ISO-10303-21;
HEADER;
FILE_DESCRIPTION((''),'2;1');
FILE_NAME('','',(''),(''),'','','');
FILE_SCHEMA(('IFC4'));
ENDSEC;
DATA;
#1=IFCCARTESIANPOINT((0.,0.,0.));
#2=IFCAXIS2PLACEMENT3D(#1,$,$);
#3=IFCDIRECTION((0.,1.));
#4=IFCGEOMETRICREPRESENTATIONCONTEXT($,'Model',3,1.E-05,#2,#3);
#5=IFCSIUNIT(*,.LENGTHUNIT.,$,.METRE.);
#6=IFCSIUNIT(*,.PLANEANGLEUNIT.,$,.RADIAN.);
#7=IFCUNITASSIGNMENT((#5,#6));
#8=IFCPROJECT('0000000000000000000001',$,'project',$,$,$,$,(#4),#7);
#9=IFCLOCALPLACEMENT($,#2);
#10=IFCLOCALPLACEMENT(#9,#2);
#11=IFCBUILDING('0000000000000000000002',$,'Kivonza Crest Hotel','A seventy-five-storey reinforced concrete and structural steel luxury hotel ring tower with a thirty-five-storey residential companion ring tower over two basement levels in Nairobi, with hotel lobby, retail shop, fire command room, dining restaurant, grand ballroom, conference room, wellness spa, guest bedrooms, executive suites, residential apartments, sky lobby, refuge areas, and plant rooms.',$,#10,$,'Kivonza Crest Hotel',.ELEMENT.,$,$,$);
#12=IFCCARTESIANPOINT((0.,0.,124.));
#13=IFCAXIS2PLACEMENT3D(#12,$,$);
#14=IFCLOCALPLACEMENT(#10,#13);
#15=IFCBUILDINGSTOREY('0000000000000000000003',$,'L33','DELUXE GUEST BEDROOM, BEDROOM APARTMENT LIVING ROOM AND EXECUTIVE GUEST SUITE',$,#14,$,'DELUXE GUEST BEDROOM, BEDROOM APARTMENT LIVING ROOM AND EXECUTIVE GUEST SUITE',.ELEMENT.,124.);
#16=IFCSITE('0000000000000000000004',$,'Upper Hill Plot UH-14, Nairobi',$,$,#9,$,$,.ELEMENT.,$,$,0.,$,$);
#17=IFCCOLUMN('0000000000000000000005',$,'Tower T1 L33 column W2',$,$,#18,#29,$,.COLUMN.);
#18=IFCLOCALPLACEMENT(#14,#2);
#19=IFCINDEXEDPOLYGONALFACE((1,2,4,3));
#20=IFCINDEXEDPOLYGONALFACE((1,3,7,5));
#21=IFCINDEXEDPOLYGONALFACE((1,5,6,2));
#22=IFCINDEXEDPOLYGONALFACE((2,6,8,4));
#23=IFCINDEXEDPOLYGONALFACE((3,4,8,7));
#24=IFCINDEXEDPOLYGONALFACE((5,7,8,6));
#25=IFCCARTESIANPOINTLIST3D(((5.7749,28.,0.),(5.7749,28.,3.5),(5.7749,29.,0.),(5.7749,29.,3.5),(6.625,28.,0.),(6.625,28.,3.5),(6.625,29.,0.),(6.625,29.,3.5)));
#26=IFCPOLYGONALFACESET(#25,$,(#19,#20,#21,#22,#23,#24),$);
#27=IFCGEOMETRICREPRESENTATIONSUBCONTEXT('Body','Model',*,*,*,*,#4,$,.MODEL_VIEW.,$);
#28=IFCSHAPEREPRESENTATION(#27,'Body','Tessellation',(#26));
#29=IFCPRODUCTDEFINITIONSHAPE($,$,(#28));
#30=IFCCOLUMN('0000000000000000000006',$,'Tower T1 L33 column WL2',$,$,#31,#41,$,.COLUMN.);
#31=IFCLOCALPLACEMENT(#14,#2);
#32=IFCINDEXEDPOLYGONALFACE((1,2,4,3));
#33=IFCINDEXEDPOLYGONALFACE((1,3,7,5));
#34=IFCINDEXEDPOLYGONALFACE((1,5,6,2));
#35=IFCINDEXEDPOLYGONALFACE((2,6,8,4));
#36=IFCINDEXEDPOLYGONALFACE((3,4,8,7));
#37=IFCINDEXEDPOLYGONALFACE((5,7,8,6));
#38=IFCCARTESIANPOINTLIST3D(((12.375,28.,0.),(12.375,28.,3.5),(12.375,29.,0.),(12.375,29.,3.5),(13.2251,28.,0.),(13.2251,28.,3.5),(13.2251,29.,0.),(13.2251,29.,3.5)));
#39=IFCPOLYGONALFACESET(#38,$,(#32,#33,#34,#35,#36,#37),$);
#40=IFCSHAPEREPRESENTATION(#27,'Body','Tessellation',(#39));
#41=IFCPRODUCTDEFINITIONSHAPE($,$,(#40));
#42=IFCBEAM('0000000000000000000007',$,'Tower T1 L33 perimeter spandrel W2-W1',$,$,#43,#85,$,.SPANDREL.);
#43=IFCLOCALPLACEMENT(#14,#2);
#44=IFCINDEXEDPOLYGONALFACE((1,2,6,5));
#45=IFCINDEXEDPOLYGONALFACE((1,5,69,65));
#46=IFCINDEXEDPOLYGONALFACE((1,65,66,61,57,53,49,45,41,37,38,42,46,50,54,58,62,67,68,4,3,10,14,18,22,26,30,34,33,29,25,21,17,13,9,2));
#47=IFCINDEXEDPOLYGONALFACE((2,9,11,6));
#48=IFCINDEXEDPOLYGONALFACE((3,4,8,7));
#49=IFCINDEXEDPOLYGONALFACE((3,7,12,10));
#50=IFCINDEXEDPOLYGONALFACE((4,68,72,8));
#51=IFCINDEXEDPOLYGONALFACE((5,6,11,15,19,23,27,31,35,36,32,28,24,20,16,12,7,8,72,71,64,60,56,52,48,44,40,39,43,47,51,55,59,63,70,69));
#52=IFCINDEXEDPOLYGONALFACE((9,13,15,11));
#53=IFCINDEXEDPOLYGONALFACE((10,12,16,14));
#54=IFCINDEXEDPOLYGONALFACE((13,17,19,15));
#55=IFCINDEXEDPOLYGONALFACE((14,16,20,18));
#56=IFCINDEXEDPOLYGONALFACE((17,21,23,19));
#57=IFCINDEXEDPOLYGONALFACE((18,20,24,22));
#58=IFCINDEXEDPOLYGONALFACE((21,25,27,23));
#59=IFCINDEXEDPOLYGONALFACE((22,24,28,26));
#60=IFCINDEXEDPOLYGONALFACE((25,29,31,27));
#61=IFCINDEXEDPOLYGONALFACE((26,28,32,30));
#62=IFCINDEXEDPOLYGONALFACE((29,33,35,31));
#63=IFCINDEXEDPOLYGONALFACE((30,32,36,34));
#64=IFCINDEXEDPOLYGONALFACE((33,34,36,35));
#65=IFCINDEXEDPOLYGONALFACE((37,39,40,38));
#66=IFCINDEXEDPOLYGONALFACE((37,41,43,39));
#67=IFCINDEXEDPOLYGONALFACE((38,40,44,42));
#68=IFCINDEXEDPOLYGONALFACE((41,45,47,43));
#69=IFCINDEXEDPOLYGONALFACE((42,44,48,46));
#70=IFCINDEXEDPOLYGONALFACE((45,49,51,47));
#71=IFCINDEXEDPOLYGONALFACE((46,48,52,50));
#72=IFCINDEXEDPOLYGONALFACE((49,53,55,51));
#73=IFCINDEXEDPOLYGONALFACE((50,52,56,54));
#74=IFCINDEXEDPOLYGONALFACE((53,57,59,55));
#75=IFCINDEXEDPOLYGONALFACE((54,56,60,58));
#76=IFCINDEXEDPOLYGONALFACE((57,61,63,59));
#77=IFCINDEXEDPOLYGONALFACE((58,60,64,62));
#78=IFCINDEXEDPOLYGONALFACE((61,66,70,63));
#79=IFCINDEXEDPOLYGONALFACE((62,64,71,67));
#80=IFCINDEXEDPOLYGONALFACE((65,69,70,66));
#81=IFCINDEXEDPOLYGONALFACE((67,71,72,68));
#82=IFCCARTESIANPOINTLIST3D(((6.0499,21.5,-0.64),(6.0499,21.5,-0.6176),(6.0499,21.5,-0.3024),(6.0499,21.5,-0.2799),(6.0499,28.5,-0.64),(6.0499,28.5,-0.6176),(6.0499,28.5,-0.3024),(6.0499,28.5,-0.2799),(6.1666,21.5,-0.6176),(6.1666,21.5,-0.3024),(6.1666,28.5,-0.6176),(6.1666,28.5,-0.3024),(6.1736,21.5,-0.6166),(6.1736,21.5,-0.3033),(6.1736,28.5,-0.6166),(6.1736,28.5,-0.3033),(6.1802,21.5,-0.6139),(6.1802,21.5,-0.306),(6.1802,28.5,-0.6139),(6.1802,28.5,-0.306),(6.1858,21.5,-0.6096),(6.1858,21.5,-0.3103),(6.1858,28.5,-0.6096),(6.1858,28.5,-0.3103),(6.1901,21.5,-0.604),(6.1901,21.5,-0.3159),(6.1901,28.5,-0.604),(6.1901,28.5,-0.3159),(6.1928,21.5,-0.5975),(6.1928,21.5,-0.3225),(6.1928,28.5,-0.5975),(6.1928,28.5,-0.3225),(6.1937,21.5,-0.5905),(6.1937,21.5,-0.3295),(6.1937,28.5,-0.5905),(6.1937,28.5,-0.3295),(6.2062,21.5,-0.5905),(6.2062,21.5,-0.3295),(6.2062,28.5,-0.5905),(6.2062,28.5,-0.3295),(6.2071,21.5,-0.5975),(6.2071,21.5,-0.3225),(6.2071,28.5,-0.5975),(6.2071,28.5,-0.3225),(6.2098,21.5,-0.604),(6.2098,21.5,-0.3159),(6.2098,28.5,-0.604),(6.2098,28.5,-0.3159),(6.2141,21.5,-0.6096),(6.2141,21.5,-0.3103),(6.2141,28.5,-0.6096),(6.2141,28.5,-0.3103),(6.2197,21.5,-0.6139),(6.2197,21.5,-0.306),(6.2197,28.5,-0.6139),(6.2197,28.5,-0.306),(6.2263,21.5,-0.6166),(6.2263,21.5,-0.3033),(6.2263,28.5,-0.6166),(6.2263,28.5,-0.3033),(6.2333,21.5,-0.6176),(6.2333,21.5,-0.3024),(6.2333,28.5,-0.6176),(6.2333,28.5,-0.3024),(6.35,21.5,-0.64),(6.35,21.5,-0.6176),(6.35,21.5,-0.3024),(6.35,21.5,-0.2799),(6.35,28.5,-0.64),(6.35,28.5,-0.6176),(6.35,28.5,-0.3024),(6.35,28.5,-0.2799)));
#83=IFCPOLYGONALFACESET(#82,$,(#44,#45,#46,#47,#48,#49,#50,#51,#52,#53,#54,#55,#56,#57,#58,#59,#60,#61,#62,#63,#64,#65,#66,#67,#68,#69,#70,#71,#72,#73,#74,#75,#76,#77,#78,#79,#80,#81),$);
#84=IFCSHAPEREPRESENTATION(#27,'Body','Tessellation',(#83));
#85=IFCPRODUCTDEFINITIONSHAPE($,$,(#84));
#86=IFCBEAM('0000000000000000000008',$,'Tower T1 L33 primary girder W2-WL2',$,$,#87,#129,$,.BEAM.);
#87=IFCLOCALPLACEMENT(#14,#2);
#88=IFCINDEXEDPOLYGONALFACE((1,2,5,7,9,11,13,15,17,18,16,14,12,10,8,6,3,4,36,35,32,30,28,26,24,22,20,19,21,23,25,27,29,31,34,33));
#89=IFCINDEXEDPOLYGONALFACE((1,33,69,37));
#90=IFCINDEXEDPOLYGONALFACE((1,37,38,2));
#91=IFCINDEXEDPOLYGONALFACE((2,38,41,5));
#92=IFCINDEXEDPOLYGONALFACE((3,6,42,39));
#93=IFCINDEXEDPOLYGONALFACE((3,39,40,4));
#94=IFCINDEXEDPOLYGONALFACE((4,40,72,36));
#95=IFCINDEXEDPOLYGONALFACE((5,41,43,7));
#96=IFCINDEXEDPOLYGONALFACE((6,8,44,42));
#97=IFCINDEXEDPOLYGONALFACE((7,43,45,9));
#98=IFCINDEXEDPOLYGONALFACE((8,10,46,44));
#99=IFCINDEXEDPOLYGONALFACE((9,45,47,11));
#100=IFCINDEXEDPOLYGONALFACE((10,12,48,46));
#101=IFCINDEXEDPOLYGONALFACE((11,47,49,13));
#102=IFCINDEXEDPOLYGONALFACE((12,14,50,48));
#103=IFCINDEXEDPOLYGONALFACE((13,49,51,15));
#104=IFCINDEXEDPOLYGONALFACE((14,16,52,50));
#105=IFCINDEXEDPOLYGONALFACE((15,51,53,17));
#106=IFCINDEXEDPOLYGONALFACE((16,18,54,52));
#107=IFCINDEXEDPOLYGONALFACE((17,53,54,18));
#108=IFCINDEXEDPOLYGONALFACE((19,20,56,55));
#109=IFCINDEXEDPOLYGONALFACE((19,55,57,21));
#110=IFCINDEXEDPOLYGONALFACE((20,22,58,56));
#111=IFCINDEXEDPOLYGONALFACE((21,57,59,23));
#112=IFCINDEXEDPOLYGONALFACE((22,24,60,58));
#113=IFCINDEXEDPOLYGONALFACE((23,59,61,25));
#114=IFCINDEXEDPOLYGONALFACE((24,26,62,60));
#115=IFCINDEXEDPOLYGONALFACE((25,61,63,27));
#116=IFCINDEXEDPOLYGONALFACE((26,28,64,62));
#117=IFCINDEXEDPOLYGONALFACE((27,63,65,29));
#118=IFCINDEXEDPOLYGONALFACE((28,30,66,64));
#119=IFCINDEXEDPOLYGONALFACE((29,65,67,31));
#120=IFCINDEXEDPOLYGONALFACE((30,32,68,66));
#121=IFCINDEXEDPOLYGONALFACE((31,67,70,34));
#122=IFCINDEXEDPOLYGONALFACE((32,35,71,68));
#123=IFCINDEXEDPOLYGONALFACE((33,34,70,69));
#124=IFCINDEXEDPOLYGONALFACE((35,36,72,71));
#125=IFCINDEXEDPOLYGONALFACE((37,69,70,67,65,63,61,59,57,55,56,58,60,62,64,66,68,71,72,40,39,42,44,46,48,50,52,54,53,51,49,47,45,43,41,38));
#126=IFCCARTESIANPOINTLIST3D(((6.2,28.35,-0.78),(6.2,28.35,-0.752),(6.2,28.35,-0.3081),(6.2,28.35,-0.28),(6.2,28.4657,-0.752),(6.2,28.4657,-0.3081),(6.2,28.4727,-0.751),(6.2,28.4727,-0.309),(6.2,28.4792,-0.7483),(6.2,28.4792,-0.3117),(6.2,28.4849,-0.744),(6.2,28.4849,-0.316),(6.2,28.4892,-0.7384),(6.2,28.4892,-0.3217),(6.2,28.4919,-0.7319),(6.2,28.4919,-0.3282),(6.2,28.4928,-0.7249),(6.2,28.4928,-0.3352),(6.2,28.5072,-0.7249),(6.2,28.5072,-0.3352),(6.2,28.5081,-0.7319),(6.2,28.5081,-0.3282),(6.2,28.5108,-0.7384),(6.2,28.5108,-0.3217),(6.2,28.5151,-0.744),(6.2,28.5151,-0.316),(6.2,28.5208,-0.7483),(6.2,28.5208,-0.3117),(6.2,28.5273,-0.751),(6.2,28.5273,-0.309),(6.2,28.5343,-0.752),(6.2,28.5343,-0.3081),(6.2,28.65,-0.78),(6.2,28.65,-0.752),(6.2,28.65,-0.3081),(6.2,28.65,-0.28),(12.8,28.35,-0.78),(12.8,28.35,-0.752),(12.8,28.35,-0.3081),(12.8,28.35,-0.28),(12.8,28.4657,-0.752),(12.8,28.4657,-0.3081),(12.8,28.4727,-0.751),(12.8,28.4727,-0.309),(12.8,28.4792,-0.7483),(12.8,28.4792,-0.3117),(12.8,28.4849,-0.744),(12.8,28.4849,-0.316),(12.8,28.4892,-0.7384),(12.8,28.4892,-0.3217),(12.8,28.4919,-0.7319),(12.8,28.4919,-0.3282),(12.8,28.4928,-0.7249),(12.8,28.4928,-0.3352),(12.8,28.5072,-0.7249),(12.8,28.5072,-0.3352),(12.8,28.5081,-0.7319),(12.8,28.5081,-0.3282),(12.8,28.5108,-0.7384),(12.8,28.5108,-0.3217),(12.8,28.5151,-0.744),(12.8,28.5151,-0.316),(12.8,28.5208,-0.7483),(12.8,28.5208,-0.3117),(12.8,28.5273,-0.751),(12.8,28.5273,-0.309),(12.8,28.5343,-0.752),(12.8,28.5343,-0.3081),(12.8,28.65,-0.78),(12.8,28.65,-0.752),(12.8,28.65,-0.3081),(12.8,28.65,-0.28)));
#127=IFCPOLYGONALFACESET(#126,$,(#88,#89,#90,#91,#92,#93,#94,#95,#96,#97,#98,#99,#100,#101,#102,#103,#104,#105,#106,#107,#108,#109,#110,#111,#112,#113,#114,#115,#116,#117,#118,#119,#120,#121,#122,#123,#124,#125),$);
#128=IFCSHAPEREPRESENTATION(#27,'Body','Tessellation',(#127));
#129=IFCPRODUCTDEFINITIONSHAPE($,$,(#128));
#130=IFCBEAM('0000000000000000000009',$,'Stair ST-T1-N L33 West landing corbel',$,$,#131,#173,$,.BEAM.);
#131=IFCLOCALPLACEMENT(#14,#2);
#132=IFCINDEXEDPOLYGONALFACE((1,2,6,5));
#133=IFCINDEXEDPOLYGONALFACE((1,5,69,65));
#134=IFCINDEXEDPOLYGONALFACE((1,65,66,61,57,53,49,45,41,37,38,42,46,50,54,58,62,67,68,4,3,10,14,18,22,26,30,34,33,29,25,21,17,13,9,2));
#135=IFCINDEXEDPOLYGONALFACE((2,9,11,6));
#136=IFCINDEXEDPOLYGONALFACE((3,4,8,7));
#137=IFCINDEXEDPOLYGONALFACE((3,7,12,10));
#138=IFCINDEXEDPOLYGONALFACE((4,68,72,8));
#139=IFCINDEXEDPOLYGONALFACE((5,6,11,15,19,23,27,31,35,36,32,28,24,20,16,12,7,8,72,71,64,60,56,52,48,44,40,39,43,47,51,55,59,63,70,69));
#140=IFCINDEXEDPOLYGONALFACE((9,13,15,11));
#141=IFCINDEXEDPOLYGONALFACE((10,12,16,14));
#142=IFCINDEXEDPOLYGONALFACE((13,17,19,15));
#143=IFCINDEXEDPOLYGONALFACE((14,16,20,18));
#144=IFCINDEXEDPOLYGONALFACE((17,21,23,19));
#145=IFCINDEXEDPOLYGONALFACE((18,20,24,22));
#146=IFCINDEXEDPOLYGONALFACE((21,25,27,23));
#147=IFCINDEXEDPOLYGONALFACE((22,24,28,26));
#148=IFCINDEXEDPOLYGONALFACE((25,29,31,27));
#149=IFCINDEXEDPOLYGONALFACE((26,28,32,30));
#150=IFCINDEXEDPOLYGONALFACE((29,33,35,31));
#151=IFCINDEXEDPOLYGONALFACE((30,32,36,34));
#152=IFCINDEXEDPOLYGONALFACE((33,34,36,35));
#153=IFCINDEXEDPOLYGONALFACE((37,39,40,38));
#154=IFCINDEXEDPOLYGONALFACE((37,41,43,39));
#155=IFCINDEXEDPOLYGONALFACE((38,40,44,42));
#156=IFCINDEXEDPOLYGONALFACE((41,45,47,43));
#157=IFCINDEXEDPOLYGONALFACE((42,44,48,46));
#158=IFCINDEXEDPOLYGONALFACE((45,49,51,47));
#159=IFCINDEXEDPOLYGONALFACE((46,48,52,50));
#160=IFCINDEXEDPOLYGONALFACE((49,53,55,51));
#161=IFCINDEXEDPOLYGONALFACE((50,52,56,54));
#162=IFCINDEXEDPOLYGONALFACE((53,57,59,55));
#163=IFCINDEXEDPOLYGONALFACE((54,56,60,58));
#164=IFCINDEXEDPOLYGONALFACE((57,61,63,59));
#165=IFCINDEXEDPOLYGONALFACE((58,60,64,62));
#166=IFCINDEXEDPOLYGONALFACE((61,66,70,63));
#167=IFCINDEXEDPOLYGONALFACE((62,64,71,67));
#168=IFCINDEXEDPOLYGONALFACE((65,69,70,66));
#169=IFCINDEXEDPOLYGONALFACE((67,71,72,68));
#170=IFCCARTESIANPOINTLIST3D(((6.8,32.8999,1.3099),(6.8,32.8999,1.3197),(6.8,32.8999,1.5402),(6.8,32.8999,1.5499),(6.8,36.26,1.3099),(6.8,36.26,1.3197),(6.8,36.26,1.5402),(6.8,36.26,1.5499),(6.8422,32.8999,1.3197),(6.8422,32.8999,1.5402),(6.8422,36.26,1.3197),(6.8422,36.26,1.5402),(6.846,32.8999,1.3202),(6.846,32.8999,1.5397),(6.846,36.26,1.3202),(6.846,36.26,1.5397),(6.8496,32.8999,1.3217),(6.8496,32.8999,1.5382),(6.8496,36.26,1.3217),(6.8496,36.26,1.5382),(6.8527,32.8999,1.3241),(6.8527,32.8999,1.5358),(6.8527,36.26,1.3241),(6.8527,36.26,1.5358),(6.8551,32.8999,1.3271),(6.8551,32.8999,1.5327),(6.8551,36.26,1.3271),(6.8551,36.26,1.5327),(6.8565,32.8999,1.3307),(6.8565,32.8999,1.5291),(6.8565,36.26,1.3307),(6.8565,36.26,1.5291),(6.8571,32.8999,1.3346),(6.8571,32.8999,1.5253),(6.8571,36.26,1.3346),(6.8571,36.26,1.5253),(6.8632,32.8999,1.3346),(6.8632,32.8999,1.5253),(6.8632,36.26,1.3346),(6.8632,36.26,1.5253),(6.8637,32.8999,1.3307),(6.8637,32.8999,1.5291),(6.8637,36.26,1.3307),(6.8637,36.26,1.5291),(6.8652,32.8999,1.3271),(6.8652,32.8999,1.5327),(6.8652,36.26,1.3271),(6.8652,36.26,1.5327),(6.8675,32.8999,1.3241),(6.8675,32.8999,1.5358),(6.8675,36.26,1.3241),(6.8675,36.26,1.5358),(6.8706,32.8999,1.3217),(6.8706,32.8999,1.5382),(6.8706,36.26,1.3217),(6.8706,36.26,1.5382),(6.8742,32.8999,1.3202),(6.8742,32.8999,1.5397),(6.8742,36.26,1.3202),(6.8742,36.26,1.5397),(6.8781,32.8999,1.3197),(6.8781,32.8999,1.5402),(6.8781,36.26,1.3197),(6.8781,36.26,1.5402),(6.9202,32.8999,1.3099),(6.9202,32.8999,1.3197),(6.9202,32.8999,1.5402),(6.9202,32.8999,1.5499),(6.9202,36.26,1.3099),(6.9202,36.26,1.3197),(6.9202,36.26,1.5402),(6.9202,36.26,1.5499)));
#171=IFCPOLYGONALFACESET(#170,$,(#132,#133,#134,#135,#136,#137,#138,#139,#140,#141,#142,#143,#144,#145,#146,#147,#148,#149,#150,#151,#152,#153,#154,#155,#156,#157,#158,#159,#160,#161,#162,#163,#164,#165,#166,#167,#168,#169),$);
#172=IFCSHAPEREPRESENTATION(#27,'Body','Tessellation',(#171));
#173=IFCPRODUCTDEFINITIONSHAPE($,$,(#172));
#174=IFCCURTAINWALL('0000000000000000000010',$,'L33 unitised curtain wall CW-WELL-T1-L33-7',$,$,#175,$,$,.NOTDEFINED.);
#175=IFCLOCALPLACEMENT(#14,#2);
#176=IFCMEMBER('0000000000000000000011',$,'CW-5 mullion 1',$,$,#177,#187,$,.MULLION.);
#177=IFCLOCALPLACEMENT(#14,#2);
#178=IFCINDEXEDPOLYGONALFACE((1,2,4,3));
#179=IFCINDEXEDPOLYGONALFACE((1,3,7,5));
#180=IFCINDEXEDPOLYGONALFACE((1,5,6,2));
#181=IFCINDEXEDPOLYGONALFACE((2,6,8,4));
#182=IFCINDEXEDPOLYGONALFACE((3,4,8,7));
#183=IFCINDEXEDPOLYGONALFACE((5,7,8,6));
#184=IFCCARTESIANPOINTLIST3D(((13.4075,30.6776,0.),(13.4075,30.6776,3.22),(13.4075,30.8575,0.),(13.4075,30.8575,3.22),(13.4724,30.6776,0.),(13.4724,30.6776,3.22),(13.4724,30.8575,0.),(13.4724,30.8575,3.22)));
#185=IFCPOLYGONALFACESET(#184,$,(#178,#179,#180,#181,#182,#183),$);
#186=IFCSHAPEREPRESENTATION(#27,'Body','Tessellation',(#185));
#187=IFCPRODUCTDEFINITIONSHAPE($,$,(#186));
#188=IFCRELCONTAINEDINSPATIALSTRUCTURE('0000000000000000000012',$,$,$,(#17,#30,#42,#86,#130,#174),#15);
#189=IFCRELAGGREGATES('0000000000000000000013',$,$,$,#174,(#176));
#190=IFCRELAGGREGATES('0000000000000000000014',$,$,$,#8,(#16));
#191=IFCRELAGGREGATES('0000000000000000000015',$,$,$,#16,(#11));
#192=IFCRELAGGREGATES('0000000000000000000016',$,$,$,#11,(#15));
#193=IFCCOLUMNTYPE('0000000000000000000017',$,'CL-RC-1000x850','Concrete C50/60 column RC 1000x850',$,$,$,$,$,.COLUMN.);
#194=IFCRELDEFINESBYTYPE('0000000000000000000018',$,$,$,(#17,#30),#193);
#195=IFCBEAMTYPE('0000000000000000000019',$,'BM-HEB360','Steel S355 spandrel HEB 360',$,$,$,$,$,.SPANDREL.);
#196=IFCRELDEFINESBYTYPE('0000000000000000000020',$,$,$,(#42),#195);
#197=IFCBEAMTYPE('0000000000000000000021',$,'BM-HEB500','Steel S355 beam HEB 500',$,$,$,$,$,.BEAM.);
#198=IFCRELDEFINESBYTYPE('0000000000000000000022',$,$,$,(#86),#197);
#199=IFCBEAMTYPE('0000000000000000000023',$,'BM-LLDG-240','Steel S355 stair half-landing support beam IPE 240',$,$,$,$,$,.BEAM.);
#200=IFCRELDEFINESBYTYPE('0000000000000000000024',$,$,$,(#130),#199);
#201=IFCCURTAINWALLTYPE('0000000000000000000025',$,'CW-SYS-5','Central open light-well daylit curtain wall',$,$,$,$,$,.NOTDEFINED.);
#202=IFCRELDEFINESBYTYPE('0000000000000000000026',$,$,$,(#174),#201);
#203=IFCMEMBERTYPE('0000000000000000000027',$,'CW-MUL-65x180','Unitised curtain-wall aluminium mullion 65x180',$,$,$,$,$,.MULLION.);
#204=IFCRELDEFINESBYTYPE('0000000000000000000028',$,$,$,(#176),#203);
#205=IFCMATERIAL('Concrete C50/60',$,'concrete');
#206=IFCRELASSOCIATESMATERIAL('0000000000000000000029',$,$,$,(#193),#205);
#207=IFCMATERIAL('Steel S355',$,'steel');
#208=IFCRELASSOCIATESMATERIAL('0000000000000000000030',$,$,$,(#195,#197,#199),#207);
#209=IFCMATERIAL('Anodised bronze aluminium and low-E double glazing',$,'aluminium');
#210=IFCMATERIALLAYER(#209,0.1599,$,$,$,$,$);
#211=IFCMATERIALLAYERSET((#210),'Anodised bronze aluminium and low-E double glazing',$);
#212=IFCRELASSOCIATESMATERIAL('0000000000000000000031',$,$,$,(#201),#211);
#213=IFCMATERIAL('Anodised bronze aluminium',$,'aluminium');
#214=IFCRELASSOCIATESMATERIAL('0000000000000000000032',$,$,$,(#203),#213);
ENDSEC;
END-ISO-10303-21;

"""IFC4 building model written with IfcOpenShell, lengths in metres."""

from ifc_helpers import new_model, si_unit, direction, frame, origin, origin_2d, place, context, subcontext, project, spatial, rectangle, i_section, extrude, material, layer, layer_set, material_profile, profile_set, type_object, element, aggregate, save


model = new_model("IFC4")

# Units and contexts
model_context = context("Model", 3, precision=1e-05, world=origin(), true_north=direction((0.0, 1.0)))
body_context = subcontext(model_context, "Body", "Model", "MODEL_VIEW")
ifc_project = project(units=[si_unit("LENGTHUNIT", "METRE"), si_unit("PLANEANGLEUNIT", "RADIAN")], contexts=[model_context])

# Site, building, storey
site_placement = place(None, origin())
site = spatial("IfcSite", under=ifc_project, at=site_placement, Name="Upper Hill Plot UH-14, Nairobi", CompositionType="ELEMENT", RefElevation=0.0)
building_placement = place(site_placement, origin())
building = spatial("IfcBuilding", under=site, at=building_placement, Name="Kivonza Crest Hotel", Description="A seventy-five-storey reinforced concrete and structural steel luxury hotel ring tower with a thirty-five-storey residential companion ring tower over two basement levels in Nairobi, with hotel lobby, retail shop, fire command room, dining restaurant, grand ballroom, conference room, wellness spa, guest bedrooms, executive suites, residential apartments, sky lobby, refuge areas, and plant rooms.", LongName="Kivonza Crest Hotel", CompositionType="ELEMENT")
storey_placement = place(building_placement, frame((0.0, 0.0, 124.0)))
storey = spatial("IfcBuildingStorey", under=building, at=storey_placement, Name="L33", Description="DELUXE GUEST BEDROOM, BEDROOM APARTMENT LIVING ROOM AND EXECUTIVE GUEST SUITE", LongName="DELUXE GUEST BEDROOM, BEDROOM APARTMENT LIVING ROOM AND EXECUTIVE GUEST SUITE", CompositionType="ELEMENT", Elevation=124.0)

# Columns
ifc_material_1 = material(Name="Concrete C50/60", Category="concrete")
ifc_material_profile_1 = material_profile(ifc_material_1, rectangle(XDim=0.8501, YDim=1.0, at=origin_2d()), Name="RC 1000x850")
ifc_profile_set_1 = profile_set([ifc_material_profile_1], Name="Concrete C50/60")
column_type = type_object("IfcColumnType", Name="CL-RC-1000x850", Description="Concrete C50/60 column RC 1000x850", PredefinedType="COLUMN", material=ifc_profile_set_1)
for number, where, z_axis, x_axis, name in (
    (1, (6.2, 28.5, 0.0), (0.0, 0.0, 1.0), (1.0, 0.0, 0.0), "Tower T1 L33 column W2"),
    (2, (12.8, 28.5, 0.0), (0.0, 0.0, 1.0), (1.0, 0.0, 0.0), "Tower T1 L33 column WL2"),
):
    element("IfcColumn", number, at=place(storey_placement, frame(where, z_axis=z_axis, x_axis=x_axis)), inside=storey, type_object=column_type, Name=name, PredefinedType="COLUMN", context=body_context, shape_type="SweptSolid", body=[
        extrude(rectangle(XDim=0.8501, YDim=1.0, at=origin_2d()), origin(), (0.0, 0.0, 1.0), 3.5),
    ])

# Beams
ifc_material_2 = material(Name="Steel S355", Category="steel")
ifc_material_profile_2 = material_profile(ifc_material_2, i_section(OverallWidth=0.3, OverallDepth=0.3601, WebThickness=0.0125, FlangeThickness=0.0225, FilletRadius=0.0271, at=origin_2d()), Name="HEB 360")
ifc_profile_set_2 = profile_set([ifc_material_profile_2], Name="Steel S355")
beam_type_1 = type_object("IfcBeamType", Name="BM-HEB360", Description="Steel S355 spandrel HEB 360", PredefinedType="SPANDREL", material=ifc_profile_set_2)
beam_1_placement = place(storey_placement, frame((6.2, 28.5, -0.46), z_axis=(0.0, -1.0, 0.0), x_axis=(1.0, 0.0, 0.0)))
element("IfcBeam", 3, at=beam_1_placement, inside=storey, type_object=beam_type_1, Name="Tower T1 L33 perimeter spandrel W2-W1", PredefinedType="SPANDREL", context=body_context, shape_type="SweptSolid", body=[
    extrude(i_section(OverallWidth=0.3, OverallDepth=0.3601, WebThickness=0.0125, FlangeThickness=0.0225, FilletRadius=0.0271, at=origin_2d()), origin(), (0.0, 0.0, 1.0), 7.0),
])
ifc_material_profile_3 = material_profile(ifc_material_2, i_section(OverallWidth=0.3, OverallDepth=0.5, WebThickness=0.0144, FlangeThickness=0.0281, FilletRadius=0.0271, at=origin_2d()), Name="HEB 500")
ifc_profile_set_3 = profile_set([ifc_material_profile_3], Name="Steel S355")
beam_type_2 = type_object("IfcBeamType", Name="BM-HEB500", Description="Steel S355 beam HEB 500", PredefinedType="BEAM", material=ifc_profile_set_3)
beam_2_placement = place(storey_placement, frame((6.2, 28.5, -0.53), z_axis=(1.0, 0.0, 0.0), x_axis=(0.0, 1.0, 0.0)))
element("IfcBeam", 4, at=beam_2_placement, inside=storey, type_object=beam_type_2, Name="Tower T1 L33 primary girder W2-WL2", PredefinedType="BEAM", context=body_context, shape_type="SweptSolid", body=[
    extrude(i_section(OverallWidth=0.3, OverallDepth=0.5, WebThickness=0.0144, FlangeThickness=0.0281, FilletRadius=0.0271, at=origin_2d()), origin(), (0.0, 0.0, 1.0), 6.6001),
])
ifc_material_profile_4 = material_profile(ifc_material_2, i_section(OverallWidth=0.1201, OverallDepth=0.24, WebThickness=0.0061, FlangeThickness=0.0098, FilletRadius=0.0149, at=origin_2d()), Name="IPE 240")
ifc_profile_set_4 = profile_set([ifc_material_profile_4], Name="Steel S355")
beam_type_3 = type_object("IfcBeamType", Name="BM-LLDG-240", Description="Steel S355 stair half-landing support beam IPE 240", PredefinedType="BEAM", material=ifc_profile_set_4)
beam_3_placement = place(storey_placement, frame((6.8601, 32.8999, 1.4299), z_axis=(0.0, 1.0, 0.0), x_axis=(-1.0, 0.0, 0.0)))
element("IfcBeam", 5, at=beam_3_placement, inside=storey, type_object=beam_type_3, Name="Stair ST-T1-N L33 West landing corbel", PredefinedType="BEAM", context=body_context, shape_type="SweptSolid", body=[
    extrude(i_section(OverallWidth=0.1201, OverallDepth=0.24, WebThickness=0.0061, FlangeThickness=0.0098, FilletRadius=0.0149, at=origin_2d()), origin(), (0.0, 0.0, 1.0), 3.3601),
])

# Curtain wall, member
ifc_material_3 = material(Name="Anodised bronze aluminium and low-E double glazing", Category="aluminium")
ifc_layer_1 = layer(ifc_material_3, 0.1599)
ifc_layer_set_1 = layer_set([ifc_layer_1], Name="Anodised bronze aluminium and low-E double glazing")
curtain_wall_type_1 = type_object("IfcCurtainWallType", Name="CW-SYS-5", Description="Central open light-well daylit curtain wall", PredefinedType="NOTDEFINED", material=ifc_layer_set_1)
curtain_wall_1_placement = place(storey_placement, origin())
curtain_wall_1 = element("IfcCurtainWall", 6, at=curtain_wall_1_placement, inside=storey, type_object=curtain_wall_type_1, Name="L33 unitised curtain wall CW-WELL-T1-L33-7", PredefinedType="NOTDEFINED")
ifc_material_4 = material(Name="Anodised bronze aluminium", Category="aluminium")
ifc_material_profile_5 = material_profile(ifc_material_4, rectangle(XDim=0.0649, YDim=0.1799, at=origin_2d()), Name="CW-M 65x180")
ifc_profile_set_5 = profile_set([ifc_material_profile_5], Name="Anodised bronze aluminium")
member_type_1 = type_object("IfcMemberType", Name="CW-MUL-65x180", Description="Unitised curtain-wall aluminium mullion 65x180", PredefinedType="MULLION", material=ifc_profile_set_5)
member_1_placement = place(storey_placement, frame((13.4399, 30.7676, 0.0), z_axis=(0.0, 0.0, 1.0), x_axis=(1.0, 0.0, 0.0)))
member_1 = element("IfcMember", 7, at=member_1_placement, type_object=member_type_1, Name="CW-5 mullion 1", PredefinedType="MULLION", context=body_context, shape_type="SweptSolid", body=[
    extrude(rectangle(XDim=0.0649, YDim=0.1799, at=origin_2d()), origin(), (0.0, 0.0, 1.0), 3.22),
])

aggregate(curtain_wall_1, [member_1])

save(model, "model.ifc")
